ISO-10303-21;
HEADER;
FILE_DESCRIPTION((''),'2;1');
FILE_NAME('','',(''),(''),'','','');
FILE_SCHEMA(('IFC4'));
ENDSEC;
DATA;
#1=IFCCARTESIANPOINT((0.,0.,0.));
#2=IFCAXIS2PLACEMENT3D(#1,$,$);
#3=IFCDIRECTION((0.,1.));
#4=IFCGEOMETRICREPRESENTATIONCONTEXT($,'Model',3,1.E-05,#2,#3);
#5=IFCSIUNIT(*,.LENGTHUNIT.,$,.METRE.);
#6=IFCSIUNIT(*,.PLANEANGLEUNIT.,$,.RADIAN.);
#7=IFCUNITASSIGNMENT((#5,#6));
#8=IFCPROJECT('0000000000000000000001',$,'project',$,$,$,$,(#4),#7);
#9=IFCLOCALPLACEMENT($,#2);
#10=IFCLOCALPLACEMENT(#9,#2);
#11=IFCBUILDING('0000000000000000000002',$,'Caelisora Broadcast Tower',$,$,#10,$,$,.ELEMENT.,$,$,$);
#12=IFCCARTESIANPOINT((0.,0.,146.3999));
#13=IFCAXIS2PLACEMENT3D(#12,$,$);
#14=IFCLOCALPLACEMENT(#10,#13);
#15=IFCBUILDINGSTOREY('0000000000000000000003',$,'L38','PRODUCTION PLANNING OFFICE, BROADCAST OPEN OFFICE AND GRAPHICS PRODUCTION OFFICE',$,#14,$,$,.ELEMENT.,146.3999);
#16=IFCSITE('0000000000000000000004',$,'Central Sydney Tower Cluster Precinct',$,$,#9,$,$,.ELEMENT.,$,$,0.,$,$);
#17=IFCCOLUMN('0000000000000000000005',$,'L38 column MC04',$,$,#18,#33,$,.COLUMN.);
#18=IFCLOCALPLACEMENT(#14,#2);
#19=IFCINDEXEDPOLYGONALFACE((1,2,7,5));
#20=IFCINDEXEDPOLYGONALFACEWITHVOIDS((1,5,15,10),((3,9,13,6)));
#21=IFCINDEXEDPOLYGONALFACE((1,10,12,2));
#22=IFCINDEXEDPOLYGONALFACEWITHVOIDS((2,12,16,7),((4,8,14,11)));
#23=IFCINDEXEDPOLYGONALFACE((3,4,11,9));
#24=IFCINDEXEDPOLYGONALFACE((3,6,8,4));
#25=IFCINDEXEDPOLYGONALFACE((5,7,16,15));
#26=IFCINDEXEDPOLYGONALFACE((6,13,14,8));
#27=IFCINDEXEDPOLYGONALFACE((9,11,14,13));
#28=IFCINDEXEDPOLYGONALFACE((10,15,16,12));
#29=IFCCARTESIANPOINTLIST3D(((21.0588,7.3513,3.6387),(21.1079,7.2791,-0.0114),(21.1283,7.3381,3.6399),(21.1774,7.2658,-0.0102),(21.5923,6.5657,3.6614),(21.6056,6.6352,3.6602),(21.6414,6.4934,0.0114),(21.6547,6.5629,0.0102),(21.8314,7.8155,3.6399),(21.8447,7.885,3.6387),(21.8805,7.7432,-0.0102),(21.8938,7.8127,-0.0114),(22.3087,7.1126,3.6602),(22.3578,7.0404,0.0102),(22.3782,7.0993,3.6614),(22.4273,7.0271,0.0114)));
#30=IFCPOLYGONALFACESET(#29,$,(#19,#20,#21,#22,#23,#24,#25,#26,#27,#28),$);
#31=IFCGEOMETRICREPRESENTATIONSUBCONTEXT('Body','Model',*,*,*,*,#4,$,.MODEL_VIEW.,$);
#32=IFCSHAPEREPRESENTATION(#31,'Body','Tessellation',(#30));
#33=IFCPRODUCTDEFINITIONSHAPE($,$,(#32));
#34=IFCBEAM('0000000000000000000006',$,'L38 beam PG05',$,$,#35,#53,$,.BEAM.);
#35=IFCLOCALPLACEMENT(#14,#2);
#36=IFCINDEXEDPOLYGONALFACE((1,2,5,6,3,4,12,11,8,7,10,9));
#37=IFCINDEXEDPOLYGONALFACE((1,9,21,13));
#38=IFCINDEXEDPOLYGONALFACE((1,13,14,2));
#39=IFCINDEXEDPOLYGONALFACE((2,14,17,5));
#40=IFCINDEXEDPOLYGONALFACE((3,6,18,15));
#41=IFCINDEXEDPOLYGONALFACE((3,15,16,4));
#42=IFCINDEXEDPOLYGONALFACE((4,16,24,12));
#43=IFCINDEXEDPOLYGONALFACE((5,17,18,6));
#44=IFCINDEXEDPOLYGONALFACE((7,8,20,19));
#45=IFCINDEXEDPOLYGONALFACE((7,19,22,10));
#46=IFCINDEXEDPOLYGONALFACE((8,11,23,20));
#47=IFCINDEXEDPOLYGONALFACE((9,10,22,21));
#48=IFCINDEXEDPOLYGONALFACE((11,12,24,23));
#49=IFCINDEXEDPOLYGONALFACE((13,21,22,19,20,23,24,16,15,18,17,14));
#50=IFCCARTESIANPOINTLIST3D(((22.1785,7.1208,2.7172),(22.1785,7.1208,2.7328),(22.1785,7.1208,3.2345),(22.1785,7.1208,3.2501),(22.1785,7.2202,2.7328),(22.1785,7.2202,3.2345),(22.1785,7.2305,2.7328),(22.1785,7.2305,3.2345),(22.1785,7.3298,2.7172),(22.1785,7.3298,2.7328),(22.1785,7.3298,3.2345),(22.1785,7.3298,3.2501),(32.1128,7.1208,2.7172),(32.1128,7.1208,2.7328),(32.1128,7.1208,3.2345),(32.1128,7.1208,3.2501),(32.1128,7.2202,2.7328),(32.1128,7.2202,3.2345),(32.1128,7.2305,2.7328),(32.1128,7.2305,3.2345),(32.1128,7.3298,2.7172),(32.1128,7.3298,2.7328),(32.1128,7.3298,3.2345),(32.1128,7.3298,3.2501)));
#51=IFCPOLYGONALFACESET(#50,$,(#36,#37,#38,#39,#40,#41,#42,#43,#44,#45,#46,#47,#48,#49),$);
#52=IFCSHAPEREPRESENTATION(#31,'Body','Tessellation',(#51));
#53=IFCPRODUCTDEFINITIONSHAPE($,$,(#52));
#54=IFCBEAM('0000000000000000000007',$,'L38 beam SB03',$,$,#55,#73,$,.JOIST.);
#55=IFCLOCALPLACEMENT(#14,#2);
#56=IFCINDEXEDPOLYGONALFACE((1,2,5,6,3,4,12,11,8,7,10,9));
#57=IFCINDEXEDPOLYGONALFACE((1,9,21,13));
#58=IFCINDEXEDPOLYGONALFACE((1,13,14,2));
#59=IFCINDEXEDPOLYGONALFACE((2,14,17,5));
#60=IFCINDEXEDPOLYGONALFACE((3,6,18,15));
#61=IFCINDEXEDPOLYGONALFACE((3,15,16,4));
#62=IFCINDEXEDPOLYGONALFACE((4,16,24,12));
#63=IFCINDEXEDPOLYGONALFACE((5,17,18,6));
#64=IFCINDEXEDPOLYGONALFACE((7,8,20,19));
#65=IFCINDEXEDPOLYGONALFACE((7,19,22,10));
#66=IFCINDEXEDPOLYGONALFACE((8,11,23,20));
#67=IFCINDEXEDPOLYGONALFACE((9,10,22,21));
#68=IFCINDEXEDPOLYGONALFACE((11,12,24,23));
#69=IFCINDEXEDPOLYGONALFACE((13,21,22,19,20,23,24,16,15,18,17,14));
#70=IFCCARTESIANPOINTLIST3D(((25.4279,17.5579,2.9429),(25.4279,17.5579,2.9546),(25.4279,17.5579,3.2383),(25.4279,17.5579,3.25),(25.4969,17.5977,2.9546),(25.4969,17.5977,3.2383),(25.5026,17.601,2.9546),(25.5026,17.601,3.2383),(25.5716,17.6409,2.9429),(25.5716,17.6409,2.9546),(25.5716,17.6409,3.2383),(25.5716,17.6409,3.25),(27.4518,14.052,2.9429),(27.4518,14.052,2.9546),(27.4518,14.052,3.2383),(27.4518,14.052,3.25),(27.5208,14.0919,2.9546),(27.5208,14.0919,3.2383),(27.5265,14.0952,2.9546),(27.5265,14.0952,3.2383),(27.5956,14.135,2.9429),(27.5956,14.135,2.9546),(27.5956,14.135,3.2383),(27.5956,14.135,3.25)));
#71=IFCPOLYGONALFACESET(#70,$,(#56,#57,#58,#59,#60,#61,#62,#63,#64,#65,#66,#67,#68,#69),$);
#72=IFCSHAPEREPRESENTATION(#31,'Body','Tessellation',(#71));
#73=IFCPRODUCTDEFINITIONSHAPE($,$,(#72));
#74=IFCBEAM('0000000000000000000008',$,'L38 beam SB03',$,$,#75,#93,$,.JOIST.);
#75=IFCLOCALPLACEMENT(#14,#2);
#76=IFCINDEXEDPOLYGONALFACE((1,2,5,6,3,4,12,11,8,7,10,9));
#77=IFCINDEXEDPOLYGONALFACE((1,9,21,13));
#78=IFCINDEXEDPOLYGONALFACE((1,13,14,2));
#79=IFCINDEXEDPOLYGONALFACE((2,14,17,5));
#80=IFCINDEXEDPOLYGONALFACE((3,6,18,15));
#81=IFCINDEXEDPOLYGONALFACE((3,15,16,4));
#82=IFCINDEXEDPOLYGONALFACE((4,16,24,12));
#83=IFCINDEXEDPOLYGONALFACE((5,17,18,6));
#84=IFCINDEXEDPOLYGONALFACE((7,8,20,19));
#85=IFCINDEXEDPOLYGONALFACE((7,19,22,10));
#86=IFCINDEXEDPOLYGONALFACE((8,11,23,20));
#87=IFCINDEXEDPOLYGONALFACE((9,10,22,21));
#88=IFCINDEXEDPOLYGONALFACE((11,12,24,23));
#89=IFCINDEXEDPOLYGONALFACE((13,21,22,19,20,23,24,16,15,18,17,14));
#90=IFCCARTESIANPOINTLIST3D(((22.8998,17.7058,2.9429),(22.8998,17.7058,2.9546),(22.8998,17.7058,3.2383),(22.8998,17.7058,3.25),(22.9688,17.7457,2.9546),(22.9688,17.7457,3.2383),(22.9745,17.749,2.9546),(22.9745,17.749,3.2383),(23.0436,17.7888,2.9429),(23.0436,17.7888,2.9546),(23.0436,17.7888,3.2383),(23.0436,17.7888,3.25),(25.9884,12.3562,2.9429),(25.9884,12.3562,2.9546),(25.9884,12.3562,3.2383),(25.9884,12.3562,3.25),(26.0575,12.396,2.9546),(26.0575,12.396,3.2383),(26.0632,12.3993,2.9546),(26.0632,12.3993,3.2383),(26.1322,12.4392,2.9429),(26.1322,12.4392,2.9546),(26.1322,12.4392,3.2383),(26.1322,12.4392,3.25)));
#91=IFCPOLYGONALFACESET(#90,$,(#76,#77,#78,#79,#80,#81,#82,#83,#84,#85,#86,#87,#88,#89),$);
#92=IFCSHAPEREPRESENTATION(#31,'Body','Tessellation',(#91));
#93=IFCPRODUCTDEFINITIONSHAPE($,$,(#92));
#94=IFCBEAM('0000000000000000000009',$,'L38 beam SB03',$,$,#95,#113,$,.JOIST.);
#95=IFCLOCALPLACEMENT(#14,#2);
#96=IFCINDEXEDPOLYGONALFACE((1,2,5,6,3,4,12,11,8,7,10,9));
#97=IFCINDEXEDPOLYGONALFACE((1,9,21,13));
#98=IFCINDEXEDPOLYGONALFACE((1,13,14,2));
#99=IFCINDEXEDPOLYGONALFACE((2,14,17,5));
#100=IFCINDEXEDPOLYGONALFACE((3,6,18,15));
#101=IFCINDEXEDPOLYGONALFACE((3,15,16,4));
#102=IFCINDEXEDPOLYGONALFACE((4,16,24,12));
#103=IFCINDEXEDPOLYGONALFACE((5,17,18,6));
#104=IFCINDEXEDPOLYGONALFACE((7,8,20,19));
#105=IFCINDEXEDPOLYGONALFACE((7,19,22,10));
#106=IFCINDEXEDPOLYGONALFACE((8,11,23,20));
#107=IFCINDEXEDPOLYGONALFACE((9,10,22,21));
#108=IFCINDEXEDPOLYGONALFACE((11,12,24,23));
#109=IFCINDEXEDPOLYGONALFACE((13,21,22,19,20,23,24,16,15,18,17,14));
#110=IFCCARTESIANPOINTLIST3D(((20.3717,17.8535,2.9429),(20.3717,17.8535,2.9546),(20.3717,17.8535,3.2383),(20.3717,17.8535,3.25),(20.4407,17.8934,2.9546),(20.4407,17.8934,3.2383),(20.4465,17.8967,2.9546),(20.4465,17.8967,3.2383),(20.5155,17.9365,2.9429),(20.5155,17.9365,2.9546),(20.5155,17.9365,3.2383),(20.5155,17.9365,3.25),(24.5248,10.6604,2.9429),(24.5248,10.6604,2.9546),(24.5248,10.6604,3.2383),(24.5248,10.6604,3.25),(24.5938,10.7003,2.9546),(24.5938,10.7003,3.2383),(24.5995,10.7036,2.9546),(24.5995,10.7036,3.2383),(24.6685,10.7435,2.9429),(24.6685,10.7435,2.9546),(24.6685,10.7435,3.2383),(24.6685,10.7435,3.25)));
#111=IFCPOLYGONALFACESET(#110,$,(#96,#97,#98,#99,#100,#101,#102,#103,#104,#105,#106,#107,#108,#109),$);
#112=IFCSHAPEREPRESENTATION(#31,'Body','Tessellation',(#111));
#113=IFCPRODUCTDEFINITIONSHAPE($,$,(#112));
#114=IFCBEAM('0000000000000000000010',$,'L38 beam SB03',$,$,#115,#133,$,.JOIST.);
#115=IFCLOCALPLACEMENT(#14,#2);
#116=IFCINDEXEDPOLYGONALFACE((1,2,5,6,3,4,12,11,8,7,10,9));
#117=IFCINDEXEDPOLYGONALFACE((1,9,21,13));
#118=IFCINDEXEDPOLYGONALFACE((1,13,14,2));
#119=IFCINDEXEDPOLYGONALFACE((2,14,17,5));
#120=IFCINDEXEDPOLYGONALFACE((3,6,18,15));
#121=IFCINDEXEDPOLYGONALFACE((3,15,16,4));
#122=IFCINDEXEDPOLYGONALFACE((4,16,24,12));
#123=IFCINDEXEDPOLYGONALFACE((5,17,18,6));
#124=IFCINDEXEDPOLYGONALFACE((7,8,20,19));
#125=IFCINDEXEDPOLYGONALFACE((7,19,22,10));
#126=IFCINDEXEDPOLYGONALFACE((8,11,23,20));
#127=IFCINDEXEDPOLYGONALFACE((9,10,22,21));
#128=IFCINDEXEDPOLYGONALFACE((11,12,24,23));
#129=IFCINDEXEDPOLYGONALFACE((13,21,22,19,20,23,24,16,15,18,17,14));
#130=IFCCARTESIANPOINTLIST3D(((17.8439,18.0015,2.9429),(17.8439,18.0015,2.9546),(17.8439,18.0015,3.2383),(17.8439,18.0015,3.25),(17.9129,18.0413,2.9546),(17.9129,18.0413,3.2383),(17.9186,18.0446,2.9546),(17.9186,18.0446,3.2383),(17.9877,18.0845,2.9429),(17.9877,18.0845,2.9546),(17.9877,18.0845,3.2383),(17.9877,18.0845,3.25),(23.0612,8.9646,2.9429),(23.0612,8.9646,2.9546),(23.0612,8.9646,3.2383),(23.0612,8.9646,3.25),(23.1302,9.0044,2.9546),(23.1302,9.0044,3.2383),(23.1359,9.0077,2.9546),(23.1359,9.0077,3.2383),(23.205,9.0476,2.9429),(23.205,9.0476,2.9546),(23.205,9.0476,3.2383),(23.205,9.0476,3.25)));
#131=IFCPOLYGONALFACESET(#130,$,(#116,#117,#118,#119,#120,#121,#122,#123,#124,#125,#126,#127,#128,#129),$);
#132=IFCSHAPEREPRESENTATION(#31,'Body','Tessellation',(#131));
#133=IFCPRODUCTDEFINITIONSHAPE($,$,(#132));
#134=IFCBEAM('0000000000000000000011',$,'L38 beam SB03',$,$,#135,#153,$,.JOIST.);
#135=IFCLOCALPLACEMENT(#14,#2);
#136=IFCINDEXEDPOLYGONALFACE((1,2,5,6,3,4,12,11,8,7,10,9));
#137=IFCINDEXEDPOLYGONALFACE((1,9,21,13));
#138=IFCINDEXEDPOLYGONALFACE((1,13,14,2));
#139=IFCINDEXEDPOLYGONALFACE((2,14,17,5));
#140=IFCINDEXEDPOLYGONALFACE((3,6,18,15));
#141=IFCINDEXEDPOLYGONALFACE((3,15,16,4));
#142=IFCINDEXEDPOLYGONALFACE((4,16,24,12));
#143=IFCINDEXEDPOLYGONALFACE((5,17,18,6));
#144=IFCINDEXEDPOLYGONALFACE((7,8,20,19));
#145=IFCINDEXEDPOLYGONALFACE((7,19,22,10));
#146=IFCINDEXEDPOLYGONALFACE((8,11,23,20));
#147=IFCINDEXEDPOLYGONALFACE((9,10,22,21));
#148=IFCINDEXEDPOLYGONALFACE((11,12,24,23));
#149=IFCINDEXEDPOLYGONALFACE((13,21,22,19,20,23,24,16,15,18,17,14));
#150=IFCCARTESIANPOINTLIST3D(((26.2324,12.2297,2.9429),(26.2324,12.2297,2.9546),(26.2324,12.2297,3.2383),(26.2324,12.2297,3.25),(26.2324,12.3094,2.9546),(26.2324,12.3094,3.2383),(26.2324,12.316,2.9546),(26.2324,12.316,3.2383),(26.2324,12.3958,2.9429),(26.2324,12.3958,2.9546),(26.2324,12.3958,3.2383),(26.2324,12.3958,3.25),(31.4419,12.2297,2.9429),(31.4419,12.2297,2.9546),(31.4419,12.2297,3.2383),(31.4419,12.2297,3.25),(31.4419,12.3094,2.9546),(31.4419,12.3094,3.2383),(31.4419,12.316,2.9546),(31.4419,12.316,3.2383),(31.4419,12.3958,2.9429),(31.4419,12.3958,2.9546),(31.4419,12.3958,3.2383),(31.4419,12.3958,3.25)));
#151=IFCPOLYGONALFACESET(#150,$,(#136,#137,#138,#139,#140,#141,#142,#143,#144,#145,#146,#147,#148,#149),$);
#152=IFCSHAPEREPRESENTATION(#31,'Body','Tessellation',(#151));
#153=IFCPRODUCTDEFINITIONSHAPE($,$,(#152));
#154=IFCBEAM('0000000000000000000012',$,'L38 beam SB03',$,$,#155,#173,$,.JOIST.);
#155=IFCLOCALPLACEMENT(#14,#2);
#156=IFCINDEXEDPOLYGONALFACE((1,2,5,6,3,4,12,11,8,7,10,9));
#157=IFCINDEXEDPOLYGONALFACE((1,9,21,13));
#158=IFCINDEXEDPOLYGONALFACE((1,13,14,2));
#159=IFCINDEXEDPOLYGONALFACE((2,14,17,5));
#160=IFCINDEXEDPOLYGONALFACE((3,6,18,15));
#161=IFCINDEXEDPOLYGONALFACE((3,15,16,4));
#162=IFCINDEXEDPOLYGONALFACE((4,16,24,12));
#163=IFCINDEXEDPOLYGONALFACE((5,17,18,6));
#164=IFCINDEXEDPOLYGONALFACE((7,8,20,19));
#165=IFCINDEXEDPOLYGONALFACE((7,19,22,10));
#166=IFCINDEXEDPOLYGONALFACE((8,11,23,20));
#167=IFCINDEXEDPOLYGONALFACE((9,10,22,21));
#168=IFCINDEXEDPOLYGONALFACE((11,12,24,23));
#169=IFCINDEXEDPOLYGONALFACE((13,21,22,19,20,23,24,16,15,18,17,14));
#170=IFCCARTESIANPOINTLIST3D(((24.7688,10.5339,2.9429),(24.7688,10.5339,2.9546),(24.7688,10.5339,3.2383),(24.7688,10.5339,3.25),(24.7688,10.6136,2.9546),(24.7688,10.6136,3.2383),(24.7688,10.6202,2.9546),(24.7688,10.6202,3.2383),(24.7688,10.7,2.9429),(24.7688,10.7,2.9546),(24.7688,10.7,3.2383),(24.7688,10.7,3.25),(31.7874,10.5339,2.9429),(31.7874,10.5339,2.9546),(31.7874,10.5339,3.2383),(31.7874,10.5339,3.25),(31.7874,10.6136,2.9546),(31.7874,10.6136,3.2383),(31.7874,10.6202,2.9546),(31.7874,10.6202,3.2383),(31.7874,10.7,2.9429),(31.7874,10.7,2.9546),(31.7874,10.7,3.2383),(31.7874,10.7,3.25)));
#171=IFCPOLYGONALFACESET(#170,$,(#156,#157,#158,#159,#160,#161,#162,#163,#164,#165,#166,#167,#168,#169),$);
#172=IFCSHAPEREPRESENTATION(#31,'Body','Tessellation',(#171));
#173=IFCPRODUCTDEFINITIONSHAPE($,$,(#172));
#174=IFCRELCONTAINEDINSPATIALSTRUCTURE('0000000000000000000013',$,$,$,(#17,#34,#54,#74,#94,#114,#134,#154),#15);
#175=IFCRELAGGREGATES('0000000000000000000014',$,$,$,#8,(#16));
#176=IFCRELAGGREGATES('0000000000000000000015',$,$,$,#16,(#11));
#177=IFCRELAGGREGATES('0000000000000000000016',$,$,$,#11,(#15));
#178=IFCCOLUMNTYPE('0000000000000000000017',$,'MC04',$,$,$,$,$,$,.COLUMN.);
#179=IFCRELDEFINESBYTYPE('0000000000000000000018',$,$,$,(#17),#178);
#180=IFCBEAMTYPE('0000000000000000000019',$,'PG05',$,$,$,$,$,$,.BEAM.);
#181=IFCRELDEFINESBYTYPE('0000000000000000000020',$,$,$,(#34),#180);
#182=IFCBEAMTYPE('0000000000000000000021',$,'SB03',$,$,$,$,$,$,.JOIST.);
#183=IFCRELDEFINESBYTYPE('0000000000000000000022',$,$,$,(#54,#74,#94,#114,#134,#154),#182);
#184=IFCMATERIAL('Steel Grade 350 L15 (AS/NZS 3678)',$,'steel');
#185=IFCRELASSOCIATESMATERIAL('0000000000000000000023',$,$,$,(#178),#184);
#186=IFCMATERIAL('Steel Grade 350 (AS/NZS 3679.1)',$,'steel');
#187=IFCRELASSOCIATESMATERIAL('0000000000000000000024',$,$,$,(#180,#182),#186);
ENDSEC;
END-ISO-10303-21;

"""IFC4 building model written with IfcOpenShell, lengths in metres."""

from ifc_helpers import new_model, si_unit, direction, frame, origin, origin_2d, place, context, subcontext, project, spatial, hollow_rectangle, i_section, extrude, source, transform, mapped, material, material_profile, profile_set, type_object, type_shapes, element, save


model = new_model("IFC4")

# Units and contexts
model_context = context("Model", 3, precision=1e-05, world=origin(), true_north=direction((0.0, 1.0)))
body_context = subcontext(model_context, "Body", "Model", "MODEL_VIEW")
ifc_project = project(units=[si_unit("LENGTHUNIT", "METRE"), si_unit("PLANEANGLEUNIT", "RADIAN")], contexts=[model_context])

# Site, building, storey
site_placement = place(None, origin())
site = spatial("IfcSite", under=ifc_project, at=site_placement, Name="Central Sydney Tower Cluster Precinct", CompositionType="ELEMENT", RefElevation=0.0)
building_placement = place(site_placement, origin())
building = spatial("IfcBuilding", under=site, at=building_placement, Name="Caelisora Broadcast Tower", CompositionType="ELEMENT")
storey_placement = place(building_placement, frame((0.0, 0.0, 146.3999)))
storey = spatial("IfcBuildingStorey", under=building, at=storey_placement, Name="L38", Description="PRODUCTION PLANNING OFFICE, BROADCAST OPEN OFFICE AND GRAPHICS PRODUCTION OFFICE", CompositionType="ELEMENT", Elevation=146.3999)

# Column
ifc_material_1 = material(Name="Steel Grade 350 L15 (AS/NZS 3678)", Category="steel")
ifc_material_profile_1 = material_profile(ifc_material_1, hollow_rectangle(XDim=0.95, YDim=0.95, WallThickness=0.05, at=origin_2d()), Name="Steel Grade 350 L15 (AS/NZS 3678)")
ifc_profile_set_1 = profile_set([ifc_material_profile_1], Name="Steel Grade 350 L15 (AS/NZS 3678)")
column_type = type_object("IfcColumnType", Name="MC04", PredefinedType="COLUMN", material=ifc_profile_set_1)
shared_shape_1 = source(origin(), body_context, "Body", "SweptSolid", [
    extrude(hollow_rectangle(XDim=0.95, YDim=0.95, WallThickness=0.05, at=origin_2d()), origin(), (0.0, 0.0, 1.0), 3.6511),
])
type_shapes(column_type, [shared_shape_1])
column_placement = place(storey_placement, frame((21.7676, 7.1531, 0.0), z_axis=(-0.01344, 0.019792, 0.999714), x_axis=(-0.82729, -0.561775, 0.0)))
element("IfcColumn", 1, at=column_placement, inside=storey, type_object=column_type, Name="L38 column MC04", PredefinedType="COLUMN", context=body_context, shape_type="MappedRepresentation", body=[
    mapped(shared_shape_1, transform((0.0, 0.0, 0.0), scale=1.0)),
])

# Beams
ifc_material_2 = material(Name="Steel Grade 350 (AS/NZS 3679.1)", Category="steel")
ifc_material_profile_2 = material_profile(ifc_material_2, i_section(OverallWidth=0.209, OverallDepth=0.533, WebThickness=0.0103, FlangeThickness=0.0156, at=origin_2d()), Name="Steel Grade 350 (AS/NZS 3679.1)")
ifc_profile_set_2 = profile_set([ifc_material_profile_2], Name="Steel Grade 350 (AS/NZS 3679.1)")
beam_type_1 = type_object("IfcBeamType", Name="PG05", PredefinedType="BEAM", material=ifc_profile_set_2)
shared_shape_2 = source(origin(), body_context, "Body", "SweptSolid", [
    extrude(i_section(OverallWidth=0.209, OverallDepth=0.533, WebThickness=0.0103, FlangeThickness=0.0156, at=origin_2d()), origin(), (0.0, 0.0, 1.0), 9.9343),
])
type_shapes(beam_type_1, [shared_shape_2])
beam_1_placement = place(storey_placement, frame((22.1785, 7.2253, 2.9836), z_axis=(1.0, 0.0, 0.0), x_axis=(0.0, 1.0, 0.0)))
element("IfcBeam", 2, at=beam_1_placement, inside=storey, type_object=beam_type_1, Name="L38 beam PG05", PredefinedType="BEAM", context=body_context, shape_type="MappedRepresentation", body=[
    mapped(shared_shape_2, transform((0.0, 0.0, 0.0), scale=1.0)),
])
ifc_material_profile_3 = material_profile(ifc_material_2, i_section(OverallWidth=0.166, OverallDepth=0.3071, WebThickness=0.0066, FlangeThickness=0.0117, at=origin_2d()), Name="Steel Grade 350 (AS/NZS 3679.1)")
ifc_profile_set_3 = profile_set([ifc_material_profile_3], Name="Steel Grade 350 (AS/NZS 3679.1)")
beam_type_2 = type_object("IfcBeamType", Name="SB03", PredefinedType="JOIST", material=ifc_profile_set_3)
shared_shape_3 = source(origin(), body_context, "Body", "SweptSolid", [
    extrude(i_section(OverallWidth=0.166, OverallDepth=0.3071, WebThickness=0.0066, FlangeThickness=0.0117, at=origin_2d()), origin(), (0.0, 0.0, 1.0), 4.0481),
])
beam_2_placement = place(storey_placement, frame((25.4998, 17.5994, 3.0964), z_axis=(0.499966, -0.866045, 0.0), x_axis=(0.866045, 0.499966, 0.0)))
element("IfcBeam", 3, at=beam_2_placement, inside=storey, type_object=beam_type_2, Name="L38 beam SB03", PredefinedType="JOIST", context=body_context, shape_type="MappedRepresentation", body=[
    mapped(shared_shape_3, transform((0.0, 0.0, 0.0), scale=1.0)),
])
shared_shape_4 = source(origin(), body_context, "Body", "SweptSolid", [
    extrude(i_section(OverallWidth=0.166, OverallDepth=0.3071, WebThickness=0.0066, FlangeThickness=0.0117, at=origin_2d()), origin(), (0.0, 0.0, 1.0), 6.1772),
])
beam_3_placement = place(storey_placement, frame((22.9717, 17.7473, 3.0964), z_axis=(0.500003, -0.866024, 0.0), x_axis=(0.866024, 0.500003, 0.0)))
element("IfcBeam", 4, at=beam_3_placement, inside=storey, type_object=beam_type_2, Name="L38 beam SB03", PredefinedType="JOIST", context=body_context, shape_type="MappedRepresentation", body=[
    mapped(shared_shape_4, transform((0.0, 0.0, 0.0), scale=1.0)),
])
shared_shape_5 = source(origin(), body_context, "Body", "SweptSolid", [
    extrude(i_section(OverallWidth=0.166, OverallDepth=0.3071, WebThickness=0.0066, FlangeThickness=0.0117, at=origin_2d()), origin(), (0.0, 0.0, 1.0), 8.3059),
])
beam_4_placement = place(storey_placement, frame((20.4436, 17.895, 3.0964), z_axis=(0.500012, -0.866019, 0.0), x_axis=(0.866019, 0.500012, 0.0)))
element("IfcBeam", 5, at=beam_4_placement, inside=storey, type_object=beam_type_2, Name="L38 beam SB03", PredefinedType="JOIST", context=body_context, shape_type="MappedRepresentation", body=[
    mapped(shared_shape_5, transform((0.0, 0.0, 0.0), scale=1.0)),
])
shared_shape_6 = source(origin(), body_context, "Body", "SweptSolid", [
    extrude(i_section(OverallWidth=0.166, OverallDepth=0.3071, WebThickness=0.0066, FlangeThickness=0.0117, at=origin_2d()), origin(), (0.0, 0.0, 1.0), 10.4348),
])
beam_5_placement = place(storey_placement, frame((17.9158, 18.043, 3.0964), z_axis=(0.499989, -0.866032, 0.0), x_axis=(0.866032, 0.499989, 0.0)))
element("IfcBeam", 6, at=beam_5_placement, inside=storey, type_object=beam_type_2, Name="L38 beam SB03", PredefinedType="JOIST", context=body_context, shape_type="MappedRepresentation", body=[
    mapped(shared_shape_6, transform((0.0, 0.0, 0.0), scale=1.0)),
])
shared_shape_7 = source(origin(), body_context, "Body", "SweptSolid", [
    extrude(i_section(OverallWidth=0.166, OverallDepth=0.3071, WebThickness=0.0066, FlangeThickness=0.0117, at=origin_2d()), origin(), (0.0, 0.0, 1.0), 5.2095),
])
beam_6_placement = place(storey_placement, frame((26.2324, 12.3127, 3.0964), z_axis=(1.0, 0.0, 0.0), x_axis=(0.0, 1.0, 0.0)))
element("IfcBeam", 7, at=beam_6_placement, inside=storey, type_object=beam_type_2, Name="L38 beam SB03", PredefinedType="JOIST", context=body_context, shape_type="MappedRepresentation", body=[
    mapped(shared_shape_7, transform((0.0, 0.0, 0.0), scale=1.0)),
])
shared_shape_8 = source(origin(), body_context, "Body", "SweptSolid", [
    extrude(i_section(OverallWidth=0.166, OverallDepth=0.3071, WebThickness=0.0066, FlangeThickness=0.0117, at=origin_2d()), origin(), (0.0, 0.0, 1.0), 7.0186),
])
beam_7_placement = place(storey_placement, frame((24.7688, 10.6169, 3.0964), z_axis=(1.0, 0.0, 0.0), x_axis=(0.0, 1.0, 0.0)))
element("IfcBeam", 8, at=beam_7_placement, inside=storey, type_object=beam_type_2, Name="L38 beam SB03", PredefinedType="JOIST", context=body_context, shape_type="MappedRepresentation", body=[
    mapped(shared_shape_8, transform((0.0, 0.0, 0.0), scale=1.0)),
])

save(model, "model.ifc")
